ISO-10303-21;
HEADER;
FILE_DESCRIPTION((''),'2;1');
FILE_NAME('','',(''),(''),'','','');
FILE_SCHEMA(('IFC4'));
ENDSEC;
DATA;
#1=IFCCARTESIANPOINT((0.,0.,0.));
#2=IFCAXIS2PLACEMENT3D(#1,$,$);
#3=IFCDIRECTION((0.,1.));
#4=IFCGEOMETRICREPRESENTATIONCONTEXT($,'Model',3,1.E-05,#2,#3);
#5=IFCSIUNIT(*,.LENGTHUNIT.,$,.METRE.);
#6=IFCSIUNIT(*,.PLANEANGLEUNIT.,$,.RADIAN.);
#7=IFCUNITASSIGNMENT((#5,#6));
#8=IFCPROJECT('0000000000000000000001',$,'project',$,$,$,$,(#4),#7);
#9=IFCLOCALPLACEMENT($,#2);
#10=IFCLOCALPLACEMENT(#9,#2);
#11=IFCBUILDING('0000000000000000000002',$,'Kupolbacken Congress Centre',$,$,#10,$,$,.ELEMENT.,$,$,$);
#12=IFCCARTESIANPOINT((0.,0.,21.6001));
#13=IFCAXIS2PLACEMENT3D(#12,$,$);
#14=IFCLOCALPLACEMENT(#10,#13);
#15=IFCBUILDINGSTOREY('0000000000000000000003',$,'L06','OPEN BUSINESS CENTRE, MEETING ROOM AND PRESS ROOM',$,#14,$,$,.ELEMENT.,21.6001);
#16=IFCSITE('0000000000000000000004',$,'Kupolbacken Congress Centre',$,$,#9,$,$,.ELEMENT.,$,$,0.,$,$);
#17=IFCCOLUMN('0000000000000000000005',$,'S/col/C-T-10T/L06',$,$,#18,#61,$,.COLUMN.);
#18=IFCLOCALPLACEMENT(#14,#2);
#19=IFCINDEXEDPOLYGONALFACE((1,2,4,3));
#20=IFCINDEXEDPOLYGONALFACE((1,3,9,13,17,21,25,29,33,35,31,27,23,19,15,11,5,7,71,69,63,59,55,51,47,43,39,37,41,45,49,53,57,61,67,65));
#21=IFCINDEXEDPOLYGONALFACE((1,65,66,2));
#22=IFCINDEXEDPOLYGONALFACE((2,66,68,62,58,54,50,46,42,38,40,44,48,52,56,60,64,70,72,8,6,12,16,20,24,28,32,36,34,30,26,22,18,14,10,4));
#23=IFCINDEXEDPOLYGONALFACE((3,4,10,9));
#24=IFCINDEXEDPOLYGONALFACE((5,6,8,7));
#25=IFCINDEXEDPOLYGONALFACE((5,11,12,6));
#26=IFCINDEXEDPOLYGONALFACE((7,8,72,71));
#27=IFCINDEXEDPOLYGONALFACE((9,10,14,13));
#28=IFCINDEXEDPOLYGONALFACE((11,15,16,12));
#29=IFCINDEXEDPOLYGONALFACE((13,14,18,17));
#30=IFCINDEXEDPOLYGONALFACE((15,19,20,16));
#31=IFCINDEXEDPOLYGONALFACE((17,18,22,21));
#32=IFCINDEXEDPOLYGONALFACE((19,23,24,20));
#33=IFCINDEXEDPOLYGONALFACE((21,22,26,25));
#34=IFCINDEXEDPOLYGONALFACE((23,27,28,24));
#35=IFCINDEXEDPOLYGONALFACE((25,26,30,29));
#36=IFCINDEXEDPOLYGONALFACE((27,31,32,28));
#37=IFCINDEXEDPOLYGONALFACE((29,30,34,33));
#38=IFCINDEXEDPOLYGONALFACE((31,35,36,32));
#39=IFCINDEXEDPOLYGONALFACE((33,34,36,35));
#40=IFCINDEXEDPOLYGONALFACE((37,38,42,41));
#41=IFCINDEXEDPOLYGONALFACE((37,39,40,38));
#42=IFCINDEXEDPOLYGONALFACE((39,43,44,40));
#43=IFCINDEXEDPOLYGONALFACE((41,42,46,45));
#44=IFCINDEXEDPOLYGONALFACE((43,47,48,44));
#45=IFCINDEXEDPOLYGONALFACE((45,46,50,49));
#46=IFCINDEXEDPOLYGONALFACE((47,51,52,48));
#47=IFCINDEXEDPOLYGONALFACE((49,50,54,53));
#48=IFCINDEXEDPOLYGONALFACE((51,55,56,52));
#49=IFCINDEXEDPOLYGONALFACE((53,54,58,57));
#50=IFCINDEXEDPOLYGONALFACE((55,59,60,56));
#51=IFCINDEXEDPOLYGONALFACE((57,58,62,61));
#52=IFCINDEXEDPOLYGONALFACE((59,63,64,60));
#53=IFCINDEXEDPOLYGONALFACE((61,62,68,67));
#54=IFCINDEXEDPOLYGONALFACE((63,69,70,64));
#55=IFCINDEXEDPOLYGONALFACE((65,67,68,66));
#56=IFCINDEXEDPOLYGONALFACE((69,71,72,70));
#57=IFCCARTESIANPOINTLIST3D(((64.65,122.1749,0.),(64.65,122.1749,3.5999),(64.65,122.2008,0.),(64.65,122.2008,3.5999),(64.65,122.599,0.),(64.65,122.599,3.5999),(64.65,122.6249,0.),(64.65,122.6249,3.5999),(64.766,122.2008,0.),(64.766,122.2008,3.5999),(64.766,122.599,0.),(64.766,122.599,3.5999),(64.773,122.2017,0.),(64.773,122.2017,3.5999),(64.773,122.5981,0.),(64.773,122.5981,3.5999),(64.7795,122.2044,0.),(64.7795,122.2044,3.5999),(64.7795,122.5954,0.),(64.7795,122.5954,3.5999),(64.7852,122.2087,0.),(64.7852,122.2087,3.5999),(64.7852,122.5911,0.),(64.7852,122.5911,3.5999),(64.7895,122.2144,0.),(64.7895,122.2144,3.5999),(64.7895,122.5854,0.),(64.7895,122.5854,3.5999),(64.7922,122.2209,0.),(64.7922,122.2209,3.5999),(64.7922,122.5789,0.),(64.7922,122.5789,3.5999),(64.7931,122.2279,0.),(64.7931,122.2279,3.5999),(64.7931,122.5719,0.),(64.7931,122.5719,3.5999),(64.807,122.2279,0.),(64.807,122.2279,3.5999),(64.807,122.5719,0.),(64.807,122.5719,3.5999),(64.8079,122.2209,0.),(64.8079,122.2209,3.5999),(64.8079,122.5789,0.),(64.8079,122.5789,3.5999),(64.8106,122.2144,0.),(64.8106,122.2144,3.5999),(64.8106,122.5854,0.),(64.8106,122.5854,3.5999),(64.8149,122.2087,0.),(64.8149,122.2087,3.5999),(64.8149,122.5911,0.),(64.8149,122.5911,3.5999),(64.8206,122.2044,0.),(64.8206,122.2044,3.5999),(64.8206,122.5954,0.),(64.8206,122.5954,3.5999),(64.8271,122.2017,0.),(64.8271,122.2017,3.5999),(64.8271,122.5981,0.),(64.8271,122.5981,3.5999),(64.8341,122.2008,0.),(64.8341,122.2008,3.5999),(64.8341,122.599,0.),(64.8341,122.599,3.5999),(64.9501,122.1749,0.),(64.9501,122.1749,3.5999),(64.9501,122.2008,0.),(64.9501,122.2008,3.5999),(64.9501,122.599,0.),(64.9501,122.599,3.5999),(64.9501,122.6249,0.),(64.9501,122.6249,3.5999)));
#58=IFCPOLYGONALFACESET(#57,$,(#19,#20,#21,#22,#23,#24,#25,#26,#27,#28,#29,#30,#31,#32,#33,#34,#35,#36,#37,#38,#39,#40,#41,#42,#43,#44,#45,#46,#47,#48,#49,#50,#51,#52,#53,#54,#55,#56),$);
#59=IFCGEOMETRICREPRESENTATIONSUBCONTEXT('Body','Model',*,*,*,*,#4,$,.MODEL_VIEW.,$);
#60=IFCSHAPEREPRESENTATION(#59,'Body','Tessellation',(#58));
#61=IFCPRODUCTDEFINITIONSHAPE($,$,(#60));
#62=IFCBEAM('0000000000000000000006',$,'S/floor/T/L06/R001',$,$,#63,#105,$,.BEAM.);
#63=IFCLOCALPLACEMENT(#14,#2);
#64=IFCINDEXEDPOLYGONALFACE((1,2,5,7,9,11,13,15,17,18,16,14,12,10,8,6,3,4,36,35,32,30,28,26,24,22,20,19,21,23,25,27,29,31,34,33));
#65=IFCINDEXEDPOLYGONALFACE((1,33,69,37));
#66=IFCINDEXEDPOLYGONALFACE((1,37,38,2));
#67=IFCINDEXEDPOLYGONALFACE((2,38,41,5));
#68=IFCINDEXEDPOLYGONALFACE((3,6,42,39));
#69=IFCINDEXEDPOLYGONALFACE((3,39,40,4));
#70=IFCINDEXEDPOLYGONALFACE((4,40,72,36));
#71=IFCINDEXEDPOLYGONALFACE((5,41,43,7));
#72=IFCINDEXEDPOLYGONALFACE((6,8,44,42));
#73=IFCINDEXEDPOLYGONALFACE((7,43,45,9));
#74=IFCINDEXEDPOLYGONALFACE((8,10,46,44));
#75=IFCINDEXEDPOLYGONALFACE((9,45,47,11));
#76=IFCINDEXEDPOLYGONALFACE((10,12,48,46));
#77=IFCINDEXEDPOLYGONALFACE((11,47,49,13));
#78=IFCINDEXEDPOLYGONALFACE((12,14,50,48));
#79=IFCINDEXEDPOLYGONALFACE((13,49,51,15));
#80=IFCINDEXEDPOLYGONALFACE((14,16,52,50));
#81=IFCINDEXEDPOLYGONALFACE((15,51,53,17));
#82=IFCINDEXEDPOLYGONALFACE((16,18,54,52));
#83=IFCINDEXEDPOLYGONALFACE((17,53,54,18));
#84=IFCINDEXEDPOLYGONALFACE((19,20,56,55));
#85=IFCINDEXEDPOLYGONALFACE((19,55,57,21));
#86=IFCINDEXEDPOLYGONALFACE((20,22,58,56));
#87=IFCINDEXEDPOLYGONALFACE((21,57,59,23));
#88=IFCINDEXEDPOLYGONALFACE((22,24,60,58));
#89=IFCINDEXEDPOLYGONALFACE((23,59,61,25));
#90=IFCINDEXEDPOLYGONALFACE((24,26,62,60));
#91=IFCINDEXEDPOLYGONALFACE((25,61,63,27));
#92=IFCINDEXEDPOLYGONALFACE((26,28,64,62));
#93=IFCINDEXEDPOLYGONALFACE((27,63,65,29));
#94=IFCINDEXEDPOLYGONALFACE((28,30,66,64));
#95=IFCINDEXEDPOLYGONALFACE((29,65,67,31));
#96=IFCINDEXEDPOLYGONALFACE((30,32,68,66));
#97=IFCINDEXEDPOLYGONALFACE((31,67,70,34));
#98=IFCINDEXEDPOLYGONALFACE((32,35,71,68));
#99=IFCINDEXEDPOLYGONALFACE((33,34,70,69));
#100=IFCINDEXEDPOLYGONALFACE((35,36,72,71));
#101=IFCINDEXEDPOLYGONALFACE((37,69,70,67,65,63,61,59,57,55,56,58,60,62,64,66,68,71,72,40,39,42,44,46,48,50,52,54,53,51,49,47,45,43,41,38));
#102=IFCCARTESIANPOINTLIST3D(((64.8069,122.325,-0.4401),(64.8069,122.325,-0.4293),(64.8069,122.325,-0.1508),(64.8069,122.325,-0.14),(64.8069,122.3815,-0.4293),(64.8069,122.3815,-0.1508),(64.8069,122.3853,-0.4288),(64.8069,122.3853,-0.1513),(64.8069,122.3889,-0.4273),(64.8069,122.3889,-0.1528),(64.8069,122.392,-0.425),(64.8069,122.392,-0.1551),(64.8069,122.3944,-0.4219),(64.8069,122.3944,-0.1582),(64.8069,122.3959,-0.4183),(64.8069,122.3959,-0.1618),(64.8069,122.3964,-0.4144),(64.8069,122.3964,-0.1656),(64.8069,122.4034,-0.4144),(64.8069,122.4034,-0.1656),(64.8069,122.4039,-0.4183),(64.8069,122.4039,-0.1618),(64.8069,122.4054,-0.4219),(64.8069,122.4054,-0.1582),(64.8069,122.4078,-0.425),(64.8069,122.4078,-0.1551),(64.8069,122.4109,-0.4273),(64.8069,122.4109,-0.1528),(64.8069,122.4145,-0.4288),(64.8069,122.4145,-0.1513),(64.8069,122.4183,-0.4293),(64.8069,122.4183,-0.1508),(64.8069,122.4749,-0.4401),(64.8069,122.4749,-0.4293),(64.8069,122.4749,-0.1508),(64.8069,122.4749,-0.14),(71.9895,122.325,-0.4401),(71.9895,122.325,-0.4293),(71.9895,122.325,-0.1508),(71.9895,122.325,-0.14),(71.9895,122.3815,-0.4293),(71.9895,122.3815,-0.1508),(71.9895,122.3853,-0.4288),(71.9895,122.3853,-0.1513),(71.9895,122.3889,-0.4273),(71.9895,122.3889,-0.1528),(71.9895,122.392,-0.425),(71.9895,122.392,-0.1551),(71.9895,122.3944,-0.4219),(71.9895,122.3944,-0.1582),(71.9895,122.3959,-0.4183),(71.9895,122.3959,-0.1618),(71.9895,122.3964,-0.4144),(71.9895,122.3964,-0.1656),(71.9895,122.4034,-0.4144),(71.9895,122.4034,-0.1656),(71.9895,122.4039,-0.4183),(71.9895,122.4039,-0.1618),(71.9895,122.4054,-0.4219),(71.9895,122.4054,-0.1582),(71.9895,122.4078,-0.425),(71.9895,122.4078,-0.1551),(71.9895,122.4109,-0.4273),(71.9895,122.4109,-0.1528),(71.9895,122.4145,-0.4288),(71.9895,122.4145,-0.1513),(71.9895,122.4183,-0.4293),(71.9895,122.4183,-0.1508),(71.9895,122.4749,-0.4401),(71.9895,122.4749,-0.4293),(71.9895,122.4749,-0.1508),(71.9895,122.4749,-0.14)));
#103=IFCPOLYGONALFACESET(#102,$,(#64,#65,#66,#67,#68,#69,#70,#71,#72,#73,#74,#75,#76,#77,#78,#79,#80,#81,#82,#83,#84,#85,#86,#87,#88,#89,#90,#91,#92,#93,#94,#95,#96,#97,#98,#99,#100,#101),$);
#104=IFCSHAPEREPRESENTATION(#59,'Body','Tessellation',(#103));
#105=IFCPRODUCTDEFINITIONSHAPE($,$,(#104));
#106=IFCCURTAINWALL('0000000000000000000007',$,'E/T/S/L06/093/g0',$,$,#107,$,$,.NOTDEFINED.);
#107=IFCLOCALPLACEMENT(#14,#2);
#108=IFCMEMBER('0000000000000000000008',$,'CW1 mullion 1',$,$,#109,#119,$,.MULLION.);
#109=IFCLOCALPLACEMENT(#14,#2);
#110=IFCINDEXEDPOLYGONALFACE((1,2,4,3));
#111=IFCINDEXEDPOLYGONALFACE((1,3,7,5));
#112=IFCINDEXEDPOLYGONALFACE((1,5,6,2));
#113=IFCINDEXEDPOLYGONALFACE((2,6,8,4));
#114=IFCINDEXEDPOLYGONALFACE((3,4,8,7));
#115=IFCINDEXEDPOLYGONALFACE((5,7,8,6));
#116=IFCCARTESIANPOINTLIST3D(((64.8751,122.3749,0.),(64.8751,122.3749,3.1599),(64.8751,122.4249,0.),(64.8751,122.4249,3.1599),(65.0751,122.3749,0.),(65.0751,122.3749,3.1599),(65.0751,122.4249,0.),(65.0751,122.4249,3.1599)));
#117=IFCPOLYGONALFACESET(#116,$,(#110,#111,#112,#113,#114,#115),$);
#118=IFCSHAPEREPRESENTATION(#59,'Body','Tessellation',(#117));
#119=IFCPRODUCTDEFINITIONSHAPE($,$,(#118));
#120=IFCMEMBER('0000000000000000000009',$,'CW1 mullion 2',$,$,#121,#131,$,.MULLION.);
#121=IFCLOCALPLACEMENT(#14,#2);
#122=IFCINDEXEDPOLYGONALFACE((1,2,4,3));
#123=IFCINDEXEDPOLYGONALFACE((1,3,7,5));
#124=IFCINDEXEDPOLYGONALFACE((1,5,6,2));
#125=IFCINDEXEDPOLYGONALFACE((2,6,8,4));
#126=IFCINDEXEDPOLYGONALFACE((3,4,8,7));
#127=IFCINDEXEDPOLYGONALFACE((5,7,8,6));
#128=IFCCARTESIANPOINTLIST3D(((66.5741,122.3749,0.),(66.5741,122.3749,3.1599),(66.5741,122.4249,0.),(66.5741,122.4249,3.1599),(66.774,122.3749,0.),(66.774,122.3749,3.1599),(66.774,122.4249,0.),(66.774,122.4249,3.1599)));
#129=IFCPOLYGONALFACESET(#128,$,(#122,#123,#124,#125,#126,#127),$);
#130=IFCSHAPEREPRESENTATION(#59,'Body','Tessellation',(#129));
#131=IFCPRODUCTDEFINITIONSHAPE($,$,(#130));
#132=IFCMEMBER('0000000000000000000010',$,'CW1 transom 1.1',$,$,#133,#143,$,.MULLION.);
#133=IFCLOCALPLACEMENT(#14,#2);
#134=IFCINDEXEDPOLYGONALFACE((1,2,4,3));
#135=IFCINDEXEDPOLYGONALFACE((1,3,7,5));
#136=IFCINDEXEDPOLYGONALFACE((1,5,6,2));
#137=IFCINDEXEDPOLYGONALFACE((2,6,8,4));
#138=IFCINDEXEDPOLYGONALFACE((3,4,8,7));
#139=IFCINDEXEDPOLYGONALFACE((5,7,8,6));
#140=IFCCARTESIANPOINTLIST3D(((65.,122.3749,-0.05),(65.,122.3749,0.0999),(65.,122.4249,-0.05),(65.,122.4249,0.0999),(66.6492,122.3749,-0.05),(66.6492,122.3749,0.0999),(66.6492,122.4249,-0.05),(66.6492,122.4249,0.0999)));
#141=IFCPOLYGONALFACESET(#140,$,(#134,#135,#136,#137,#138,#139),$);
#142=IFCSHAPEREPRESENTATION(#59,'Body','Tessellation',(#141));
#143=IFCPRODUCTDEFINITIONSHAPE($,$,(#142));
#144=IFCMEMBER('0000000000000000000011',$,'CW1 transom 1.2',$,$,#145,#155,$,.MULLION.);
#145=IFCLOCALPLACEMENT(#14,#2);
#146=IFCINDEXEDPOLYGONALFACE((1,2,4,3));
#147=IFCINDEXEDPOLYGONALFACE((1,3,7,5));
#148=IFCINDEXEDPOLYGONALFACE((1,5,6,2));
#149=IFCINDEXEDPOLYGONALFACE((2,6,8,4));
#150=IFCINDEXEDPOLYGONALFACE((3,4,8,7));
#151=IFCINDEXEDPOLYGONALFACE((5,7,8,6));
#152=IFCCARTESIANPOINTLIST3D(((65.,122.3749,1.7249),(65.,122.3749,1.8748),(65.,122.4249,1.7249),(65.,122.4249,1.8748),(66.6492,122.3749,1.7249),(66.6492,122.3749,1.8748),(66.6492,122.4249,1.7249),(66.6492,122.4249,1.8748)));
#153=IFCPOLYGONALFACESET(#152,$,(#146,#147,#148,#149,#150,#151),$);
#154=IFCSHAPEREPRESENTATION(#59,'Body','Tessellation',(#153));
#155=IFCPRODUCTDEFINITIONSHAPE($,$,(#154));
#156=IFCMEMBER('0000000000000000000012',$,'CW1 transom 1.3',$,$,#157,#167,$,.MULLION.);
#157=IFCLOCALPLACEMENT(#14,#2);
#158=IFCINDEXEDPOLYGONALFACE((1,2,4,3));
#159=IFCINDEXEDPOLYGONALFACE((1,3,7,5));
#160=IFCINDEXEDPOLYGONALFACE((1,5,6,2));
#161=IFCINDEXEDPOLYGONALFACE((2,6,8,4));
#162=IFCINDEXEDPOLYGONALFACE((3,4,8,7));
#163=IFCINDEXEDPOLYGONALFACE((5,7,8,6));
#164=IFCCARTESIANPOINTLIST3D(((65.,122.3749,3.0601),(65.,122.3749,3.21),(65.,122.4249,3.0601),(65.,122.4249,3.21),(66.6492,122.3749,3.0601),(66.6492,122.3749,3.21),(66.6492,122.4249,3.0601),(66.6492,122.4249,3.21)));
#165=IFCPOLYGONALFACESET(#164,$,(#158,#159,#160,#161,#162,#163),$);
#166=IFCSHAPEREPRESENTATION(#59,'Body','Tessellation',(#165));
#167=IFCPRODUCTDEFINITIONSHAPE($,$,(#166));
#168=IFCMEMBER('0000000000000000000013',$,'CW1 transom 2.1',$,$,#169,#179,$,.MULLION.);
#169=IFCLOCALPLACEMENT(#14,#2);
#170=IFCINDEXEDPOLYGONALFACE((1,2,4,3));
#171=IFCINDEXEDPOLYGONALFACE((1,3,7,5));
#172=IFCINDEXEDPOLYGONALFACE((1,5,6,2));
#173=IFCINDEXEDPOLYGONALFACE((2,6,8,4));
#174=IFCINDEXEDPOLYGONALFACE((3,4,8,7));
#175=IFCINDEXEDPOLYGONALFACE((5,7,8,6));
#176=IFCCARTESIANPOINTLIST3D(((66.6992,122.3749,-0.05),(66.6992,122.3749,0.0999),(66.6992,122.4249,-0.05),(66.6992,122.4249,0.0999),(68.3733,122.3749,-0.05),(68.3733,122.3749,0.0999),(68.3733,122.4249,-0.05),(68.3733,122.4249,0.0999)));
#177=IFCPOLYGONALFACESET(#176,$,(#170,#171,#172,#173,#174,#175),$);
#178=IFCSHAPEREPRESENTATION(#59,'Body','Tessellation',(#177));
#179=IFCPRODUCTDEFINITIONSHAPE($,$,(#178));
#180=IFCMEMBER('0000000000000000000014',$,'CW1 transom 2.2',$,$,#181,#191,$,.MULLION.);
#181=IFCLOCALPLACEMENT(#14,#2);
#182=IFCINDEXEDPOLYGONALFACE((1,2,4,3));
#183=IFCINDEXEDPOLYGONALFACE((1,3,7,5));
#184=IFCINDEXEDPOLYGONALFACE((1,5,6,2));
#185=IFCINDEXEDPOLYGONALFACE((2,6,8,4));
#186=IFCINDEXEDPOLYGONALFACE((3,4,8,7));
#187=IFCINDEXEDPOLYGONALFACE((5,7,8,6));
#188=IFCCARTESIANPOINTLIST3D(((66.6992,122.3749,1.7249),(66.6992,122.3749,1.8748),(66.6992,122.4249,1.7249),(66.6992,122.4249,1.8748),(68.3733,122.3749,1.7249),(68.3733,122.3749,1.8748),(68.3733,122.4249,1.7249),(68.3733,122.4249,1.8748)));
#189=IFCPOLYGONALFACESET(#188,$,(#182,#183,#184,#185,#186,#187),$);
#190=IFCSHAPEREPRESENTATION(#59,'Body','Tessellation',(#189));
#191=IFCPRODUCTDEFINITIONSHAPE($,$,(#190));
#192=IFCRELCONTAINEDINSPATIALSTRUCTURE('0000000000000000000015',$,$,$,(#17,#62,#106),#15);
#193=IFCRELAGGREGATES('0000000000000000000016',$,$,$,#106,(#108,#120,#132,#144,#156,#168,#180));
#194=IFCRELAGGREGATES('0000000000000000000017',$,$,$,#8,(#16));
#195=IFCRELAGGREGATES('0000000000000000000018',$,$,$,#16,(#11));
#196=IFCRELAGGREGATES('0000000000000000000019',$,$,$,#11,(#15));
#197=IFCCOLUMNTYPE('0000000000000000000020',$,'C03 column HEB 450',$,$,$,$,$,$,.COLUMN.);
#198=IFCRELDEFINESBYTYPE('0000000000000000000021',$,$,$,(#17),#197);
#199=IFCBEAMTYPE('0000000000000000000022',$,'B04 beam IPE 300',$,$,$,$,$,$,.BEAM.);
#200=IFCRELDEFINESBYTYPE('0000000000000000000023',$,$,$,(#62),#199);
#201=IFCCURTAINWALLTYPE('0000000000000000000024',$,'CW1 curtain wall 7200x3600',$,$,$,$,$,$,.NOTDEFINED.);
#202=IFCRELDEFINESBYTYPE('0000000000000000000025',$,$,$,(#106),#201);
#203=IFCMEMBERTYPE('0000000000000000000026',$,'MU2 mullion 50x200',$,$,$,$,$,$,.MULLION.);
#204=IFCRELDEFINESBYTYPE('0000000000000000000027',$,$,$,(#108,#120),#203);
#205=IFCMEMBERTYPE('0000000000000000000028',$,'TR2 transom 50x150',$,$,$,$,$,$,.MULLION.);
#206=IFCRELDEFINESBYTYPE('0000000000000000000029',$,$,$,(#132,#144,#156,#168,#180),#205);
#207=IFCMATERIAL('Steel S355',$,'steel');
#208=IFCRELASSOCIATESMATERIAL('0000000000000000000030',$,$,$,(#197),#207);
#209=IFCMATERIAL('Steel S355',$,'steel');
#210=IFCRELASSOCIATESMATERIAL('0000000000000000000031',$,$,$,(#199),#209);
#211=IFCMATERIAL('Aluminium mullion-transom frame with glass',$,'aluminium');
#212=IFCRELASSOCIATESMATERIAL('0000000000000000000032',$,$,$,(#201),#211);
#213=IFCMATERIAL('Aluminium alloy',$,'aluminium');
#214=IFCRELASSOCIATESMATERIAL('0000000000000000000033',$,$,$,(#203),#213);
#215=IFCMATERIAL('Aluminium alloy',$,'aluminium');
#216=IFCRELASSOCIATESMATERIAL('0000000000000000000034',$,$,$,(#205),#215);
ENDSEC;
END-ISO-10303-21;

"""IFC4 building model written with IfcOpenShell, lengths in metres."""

from ifc_helpers import new_model, si_unit, direction, frame, origin, origin_2d, place, context, subcontext, project, spatial, rectangle, i_section, extrude, material, material_profile, profile_set, type_object, element, aggregate, save


model = new_model("IFC4")

# Units and contexts
model_context = context("Model", 3, precision=1e-05, world=origin(), true_north=direction((0.0, 1.0)))
body_context = subcontext(model_context, "Body", "Model", "MODEL_VIEW")
ifc_project = project(units=[si_unit("LENGTHUNIT", "METRE"), si_unit("PLANEANGLEUNIT", "RADIAN")], contexts=[model_context])

# Site, building, storey
site_placement = place(None, origin())
site = spatial("IfcSite", under=ifc_project, at=site_placement, Name="Kupolbacken Congress Centre", CompositionType="ELEMENT", RefElevation=0.0)
building_placement = place(site_placement, origin())
building = spatial("IfcBuilding", under=site, at=building_placement, Name="Kupolbacken Congress Centre", CompositionType="ELEMENT")
storey_placement = place(building_placement, frame((0.0, 0.0, 21.6001)))
storey = spatial("IfcBuildingStorey", under=building, at=storey_placement, Name="L06", Description="OPEN BUSINESS CENTRE, MEETING ROOM AND PRESS ROOM", CompositionType="ELEMENT", Elevation=21.6001)

# Column
ifc_material_1 = material(Name="Steel S355", Category="steel")
ifc_material_profile_1 = material_profile(ifc_material_1, i_section(OverallWidth=0.3, OverallDepth=0.45, WebThickness=0.0139, FlangeThickness=0.0259, FilletRadius=0.0271, at=origin_2d()), Name="HEB 450")
ifc_profile_set_1 = profile_set([ifc_material_profile_1], Name="Steel S355")
column_type = type_object("IfcColumnType", Name="C03 column HEB 450", PredefinedType="COLUMN", material=ifc_profile_set_1)
column_placement = place(storey_placement, frame((64.8, 122.3999, 0.0), z_axis=(0.0, 0.0, 1.0), x_axis=(1.0, 0.0, 0.0)))
element("IfcColumn", 1, at=column_placement, inside=storey, type_object=column_type, Name="S/col/C-T-10T/L06", PredefinedType="COLUMN", context=body_context, shape_type="SweptSolid", body=[
    extrude(i_section(OverallWidth=0.3, OverallDepth=0.45, WebThickness=0.0139, FlangeThickness=0.0259, FilletRadius=0.0271, at=origin_2d()), origin(), (0.0, 0.0, 1.0), 3.5999),
])

# Beam
ifc_material_2 = material(Name="Steel S355", Category="steel")
ifc_material_profile_2 = material_profile(ifc_material_2, i_section(OverallWidth=0.1499, OverallDepth=0.3, WebThickness=0.0071, FlangeThickness=0.0107, FilletRadius=0.0149, at=origin_2d()), Name="IPE 300")
ifc_profile_set_2 = profile_set([ifc_material_profile_2], Name="Steel S355")
beam_type = type_object("IfcBeamType", Name="B04 beam IPE 300", PredefinedType="BEAM", material=ifc_profile_set_2)
beam_placement = place(storey_placement, frame((64.8069, 122.3999, -0.29), z_axis=(1.0, 0.0, 0.0), x_axis=(0.0, 1.0, 0.0)))
element("IfcBeam", 2, at=beam_placement, inside=storey, type_object=beam_type, Name="S/floor/T/L06/R001", PredefinedType="BEAM", context=body_context, shape_type="SweptSolid", body=[
    extrude(i_section(OverallWidth=0.1499, OverallDepth=0.3, WebThickness=0.0071, FlangeThickness=0.0107, FilletRadius=0.0149, at=origin_2d()), origin(), (0.0, 0.0, 1.0), 7.1826),
])

# Curtain wall, members
ifc_material_3 = material(Name="Aluminium mullion-transom frame with glass", Category="aluminium")
curtain_wall_type = type_object("IfcCurtainWallType", Name="CW1 curtain wall 7200x3600", PredefinedType="NOTDEFINED", material=ifc_material_3)
curtain_wall_placement = place(storey_placement, origin())
curtain_wall = element("IfcCurtainWall", 3, at=curtain_wall_placement, inside=storey, type_object=curtain_wall_type, Name="E/T/S/L06/093/g0", PredefinedType="NOTDEFINED")
ifc_material_4 = material(Name="Aluminium alloy", Category="aluminium")
ifc_material_profile_3 = material_profile(ifc_material_4, rectangle(XDim=0.05, YDim=0.2, at=origin_2d()), Name="50 x 200")
ifc_profile_set_3 = profile_set([ifc_material_profile_3], Name="Aluminium alloy")
member_type_1 = type_object("IfcMemberType", Name="MU2 mullion 50x200", PredefinedType="MULLION", material=ifc_profile_set_3)
member_1_placement = place(storey_placement, frame((64.9751, 122.3999, 0.0), z_axis=(0.0, 0.0, 1.0), x_axis=(0.0, 1.0, 0.0)))
member_1 = element("IfcMember", 4, at=member_1_placement, type_object=member_type_1, Name="CW1 mullion 1", PredefinedType="MULLION", context=body_context, shape_type="SweptSolid", body=[
    extrude(rectangle(XDim=0.05, YDim=0.2, at=origin_2d()), origin(), (0.0, 0.0, 1.0), 3.1599),
])
member_2_placement = place(storey_placement, frame((66.6741, 122.3999, 0.0), z_axis=(0.0, 0.0, 1.0), x_axis=(0.0, 1.0, 0.0)))
member_2 = element("IfcMember", 5, at=member_2_placement, type_object=member_type_1, Name="CW1 mullion 2", PredefinedType="MULLION", context=body_context, shape_type="SweptSolid", body=[
    extrude(rectangle(XDim=0.05, YDim=0.2, at=origin_2d()), origin(), (0.0, 0.0, 1.0), 3.1599),
])
ifc_material_5 = material(Name="Aluminium alloy", Category="aluminium")
ifc_material_profile_4 = material_profile(ifc_material_5, rectangle(XDim=0.05, YDim=0.1499, at=origin_2d()), Name="50 x 150")
ifc_profile_set_4 = profile_set([ifc_material_profile_4], Name="Aluminium alloy")
member_type_2 = type_object("IfcMemberType", Name="TR2 transom 50x150", PredefinedType="MULLION", material=ifc_profile_set_4)
member_3_placement = place(storey_placement, frame((65.0, 122.3999, 0.0249), z_axis=(1.0, 0.0, 0.0), x_axis=(0.0, 1.0, 0.0)))
member_3 = element("IfcMember", 6, at=member_3_placement, type_object=member_type_2, Name="CW1 transom 1.1", PredefinedType="MULLION", context=body_context, shape_type="SweptSolid", body=[
    extrude(rectangle(XDim=0.05, YDim=0.1499, at=origin_2d()), origin(), (0.0, 0.0, 1.0), 1.6492),
])
member_4_placement = place(storey_placement, frame((65.0, 122.3999, 1.7998), z_axis=(1.0, 0.0, 0.0), x_axis=(0.0, 1.0, 0.0)))
member_4 = element("IfcMember", 7, at=member_4_placement, type_object=member_type_2, Name="CW1 transom 1.2", PredefinedType="MULLION", context=body_context, shape_type="SweptSolid", body=[
    extrude(rectangle(XDim=0.05, YDim=0.1499, at=origin_2d()), origin(), (0.0, 0.0, 1.0), 1.6492),
])
member_5_placement = place(storey_placement, frame((65.0, 122.3999, 3.135), z_axis=(1.0, 0.0, 0.0), x_axis=(0.0, 1.0, 0.0)))
member_5 = element("IfcMember", 8, at=member_5_placement, type_object=member_type_2, Name="CW1 transom 1.3", PredefinedType="MULLION", context=body_context, shape_type="SweptSolid", body=[
    extrude(rectangle(XDim=0.05, YDim=0.1499, at=origin_2d()), origin(), (0.0, 0.0, 1.0), 1.6492),
])
member_6_placement = place(storey_placement, frame((66.6992, 122.3999, 0.0249), z_axis=(1.0, 0.0, 0.0), x_axis=(0.0, 1.0, 0.0)))
member_6 = element("IfcMember", 9, at=member_6_placement, type_object=member_type_2, Name="CW1 transom 2.1", PredefinedType="MULLION", context=body_context, shape_type="SweptSolid", body=[
    extrude(rectangle(XDim=0.05, YDim=0.1499, at=origin_2d()), origin(), (0.0, 0.0, 1.0), 1.6741),
])
member_7_placement = place(storey_placement, frame((66.6992, 122.3999, 1.7998), z_axis=(1.0, 0.0, 0.0), x_axis=(0.0, 1.0, 0.0)))
member_7 = element("IfcMember", 10, at=member_7_placement, type_object=member_type_2, Name="CW1 transom 2.2", PredefinedType="MULLION", context=body_context, shape_type="SweptSolid", body=[
    extrude(rectangle(XDim=0.05, YDim=0.1499, at=origin_2d()), origin(), (0.0, 0.0, 1.0), 1.6741),
])
aggregate(curtain_wall, [member_1, member_2, member_3, member_4, member_5, member_6, member_7])

save(model, "model.ifc")
